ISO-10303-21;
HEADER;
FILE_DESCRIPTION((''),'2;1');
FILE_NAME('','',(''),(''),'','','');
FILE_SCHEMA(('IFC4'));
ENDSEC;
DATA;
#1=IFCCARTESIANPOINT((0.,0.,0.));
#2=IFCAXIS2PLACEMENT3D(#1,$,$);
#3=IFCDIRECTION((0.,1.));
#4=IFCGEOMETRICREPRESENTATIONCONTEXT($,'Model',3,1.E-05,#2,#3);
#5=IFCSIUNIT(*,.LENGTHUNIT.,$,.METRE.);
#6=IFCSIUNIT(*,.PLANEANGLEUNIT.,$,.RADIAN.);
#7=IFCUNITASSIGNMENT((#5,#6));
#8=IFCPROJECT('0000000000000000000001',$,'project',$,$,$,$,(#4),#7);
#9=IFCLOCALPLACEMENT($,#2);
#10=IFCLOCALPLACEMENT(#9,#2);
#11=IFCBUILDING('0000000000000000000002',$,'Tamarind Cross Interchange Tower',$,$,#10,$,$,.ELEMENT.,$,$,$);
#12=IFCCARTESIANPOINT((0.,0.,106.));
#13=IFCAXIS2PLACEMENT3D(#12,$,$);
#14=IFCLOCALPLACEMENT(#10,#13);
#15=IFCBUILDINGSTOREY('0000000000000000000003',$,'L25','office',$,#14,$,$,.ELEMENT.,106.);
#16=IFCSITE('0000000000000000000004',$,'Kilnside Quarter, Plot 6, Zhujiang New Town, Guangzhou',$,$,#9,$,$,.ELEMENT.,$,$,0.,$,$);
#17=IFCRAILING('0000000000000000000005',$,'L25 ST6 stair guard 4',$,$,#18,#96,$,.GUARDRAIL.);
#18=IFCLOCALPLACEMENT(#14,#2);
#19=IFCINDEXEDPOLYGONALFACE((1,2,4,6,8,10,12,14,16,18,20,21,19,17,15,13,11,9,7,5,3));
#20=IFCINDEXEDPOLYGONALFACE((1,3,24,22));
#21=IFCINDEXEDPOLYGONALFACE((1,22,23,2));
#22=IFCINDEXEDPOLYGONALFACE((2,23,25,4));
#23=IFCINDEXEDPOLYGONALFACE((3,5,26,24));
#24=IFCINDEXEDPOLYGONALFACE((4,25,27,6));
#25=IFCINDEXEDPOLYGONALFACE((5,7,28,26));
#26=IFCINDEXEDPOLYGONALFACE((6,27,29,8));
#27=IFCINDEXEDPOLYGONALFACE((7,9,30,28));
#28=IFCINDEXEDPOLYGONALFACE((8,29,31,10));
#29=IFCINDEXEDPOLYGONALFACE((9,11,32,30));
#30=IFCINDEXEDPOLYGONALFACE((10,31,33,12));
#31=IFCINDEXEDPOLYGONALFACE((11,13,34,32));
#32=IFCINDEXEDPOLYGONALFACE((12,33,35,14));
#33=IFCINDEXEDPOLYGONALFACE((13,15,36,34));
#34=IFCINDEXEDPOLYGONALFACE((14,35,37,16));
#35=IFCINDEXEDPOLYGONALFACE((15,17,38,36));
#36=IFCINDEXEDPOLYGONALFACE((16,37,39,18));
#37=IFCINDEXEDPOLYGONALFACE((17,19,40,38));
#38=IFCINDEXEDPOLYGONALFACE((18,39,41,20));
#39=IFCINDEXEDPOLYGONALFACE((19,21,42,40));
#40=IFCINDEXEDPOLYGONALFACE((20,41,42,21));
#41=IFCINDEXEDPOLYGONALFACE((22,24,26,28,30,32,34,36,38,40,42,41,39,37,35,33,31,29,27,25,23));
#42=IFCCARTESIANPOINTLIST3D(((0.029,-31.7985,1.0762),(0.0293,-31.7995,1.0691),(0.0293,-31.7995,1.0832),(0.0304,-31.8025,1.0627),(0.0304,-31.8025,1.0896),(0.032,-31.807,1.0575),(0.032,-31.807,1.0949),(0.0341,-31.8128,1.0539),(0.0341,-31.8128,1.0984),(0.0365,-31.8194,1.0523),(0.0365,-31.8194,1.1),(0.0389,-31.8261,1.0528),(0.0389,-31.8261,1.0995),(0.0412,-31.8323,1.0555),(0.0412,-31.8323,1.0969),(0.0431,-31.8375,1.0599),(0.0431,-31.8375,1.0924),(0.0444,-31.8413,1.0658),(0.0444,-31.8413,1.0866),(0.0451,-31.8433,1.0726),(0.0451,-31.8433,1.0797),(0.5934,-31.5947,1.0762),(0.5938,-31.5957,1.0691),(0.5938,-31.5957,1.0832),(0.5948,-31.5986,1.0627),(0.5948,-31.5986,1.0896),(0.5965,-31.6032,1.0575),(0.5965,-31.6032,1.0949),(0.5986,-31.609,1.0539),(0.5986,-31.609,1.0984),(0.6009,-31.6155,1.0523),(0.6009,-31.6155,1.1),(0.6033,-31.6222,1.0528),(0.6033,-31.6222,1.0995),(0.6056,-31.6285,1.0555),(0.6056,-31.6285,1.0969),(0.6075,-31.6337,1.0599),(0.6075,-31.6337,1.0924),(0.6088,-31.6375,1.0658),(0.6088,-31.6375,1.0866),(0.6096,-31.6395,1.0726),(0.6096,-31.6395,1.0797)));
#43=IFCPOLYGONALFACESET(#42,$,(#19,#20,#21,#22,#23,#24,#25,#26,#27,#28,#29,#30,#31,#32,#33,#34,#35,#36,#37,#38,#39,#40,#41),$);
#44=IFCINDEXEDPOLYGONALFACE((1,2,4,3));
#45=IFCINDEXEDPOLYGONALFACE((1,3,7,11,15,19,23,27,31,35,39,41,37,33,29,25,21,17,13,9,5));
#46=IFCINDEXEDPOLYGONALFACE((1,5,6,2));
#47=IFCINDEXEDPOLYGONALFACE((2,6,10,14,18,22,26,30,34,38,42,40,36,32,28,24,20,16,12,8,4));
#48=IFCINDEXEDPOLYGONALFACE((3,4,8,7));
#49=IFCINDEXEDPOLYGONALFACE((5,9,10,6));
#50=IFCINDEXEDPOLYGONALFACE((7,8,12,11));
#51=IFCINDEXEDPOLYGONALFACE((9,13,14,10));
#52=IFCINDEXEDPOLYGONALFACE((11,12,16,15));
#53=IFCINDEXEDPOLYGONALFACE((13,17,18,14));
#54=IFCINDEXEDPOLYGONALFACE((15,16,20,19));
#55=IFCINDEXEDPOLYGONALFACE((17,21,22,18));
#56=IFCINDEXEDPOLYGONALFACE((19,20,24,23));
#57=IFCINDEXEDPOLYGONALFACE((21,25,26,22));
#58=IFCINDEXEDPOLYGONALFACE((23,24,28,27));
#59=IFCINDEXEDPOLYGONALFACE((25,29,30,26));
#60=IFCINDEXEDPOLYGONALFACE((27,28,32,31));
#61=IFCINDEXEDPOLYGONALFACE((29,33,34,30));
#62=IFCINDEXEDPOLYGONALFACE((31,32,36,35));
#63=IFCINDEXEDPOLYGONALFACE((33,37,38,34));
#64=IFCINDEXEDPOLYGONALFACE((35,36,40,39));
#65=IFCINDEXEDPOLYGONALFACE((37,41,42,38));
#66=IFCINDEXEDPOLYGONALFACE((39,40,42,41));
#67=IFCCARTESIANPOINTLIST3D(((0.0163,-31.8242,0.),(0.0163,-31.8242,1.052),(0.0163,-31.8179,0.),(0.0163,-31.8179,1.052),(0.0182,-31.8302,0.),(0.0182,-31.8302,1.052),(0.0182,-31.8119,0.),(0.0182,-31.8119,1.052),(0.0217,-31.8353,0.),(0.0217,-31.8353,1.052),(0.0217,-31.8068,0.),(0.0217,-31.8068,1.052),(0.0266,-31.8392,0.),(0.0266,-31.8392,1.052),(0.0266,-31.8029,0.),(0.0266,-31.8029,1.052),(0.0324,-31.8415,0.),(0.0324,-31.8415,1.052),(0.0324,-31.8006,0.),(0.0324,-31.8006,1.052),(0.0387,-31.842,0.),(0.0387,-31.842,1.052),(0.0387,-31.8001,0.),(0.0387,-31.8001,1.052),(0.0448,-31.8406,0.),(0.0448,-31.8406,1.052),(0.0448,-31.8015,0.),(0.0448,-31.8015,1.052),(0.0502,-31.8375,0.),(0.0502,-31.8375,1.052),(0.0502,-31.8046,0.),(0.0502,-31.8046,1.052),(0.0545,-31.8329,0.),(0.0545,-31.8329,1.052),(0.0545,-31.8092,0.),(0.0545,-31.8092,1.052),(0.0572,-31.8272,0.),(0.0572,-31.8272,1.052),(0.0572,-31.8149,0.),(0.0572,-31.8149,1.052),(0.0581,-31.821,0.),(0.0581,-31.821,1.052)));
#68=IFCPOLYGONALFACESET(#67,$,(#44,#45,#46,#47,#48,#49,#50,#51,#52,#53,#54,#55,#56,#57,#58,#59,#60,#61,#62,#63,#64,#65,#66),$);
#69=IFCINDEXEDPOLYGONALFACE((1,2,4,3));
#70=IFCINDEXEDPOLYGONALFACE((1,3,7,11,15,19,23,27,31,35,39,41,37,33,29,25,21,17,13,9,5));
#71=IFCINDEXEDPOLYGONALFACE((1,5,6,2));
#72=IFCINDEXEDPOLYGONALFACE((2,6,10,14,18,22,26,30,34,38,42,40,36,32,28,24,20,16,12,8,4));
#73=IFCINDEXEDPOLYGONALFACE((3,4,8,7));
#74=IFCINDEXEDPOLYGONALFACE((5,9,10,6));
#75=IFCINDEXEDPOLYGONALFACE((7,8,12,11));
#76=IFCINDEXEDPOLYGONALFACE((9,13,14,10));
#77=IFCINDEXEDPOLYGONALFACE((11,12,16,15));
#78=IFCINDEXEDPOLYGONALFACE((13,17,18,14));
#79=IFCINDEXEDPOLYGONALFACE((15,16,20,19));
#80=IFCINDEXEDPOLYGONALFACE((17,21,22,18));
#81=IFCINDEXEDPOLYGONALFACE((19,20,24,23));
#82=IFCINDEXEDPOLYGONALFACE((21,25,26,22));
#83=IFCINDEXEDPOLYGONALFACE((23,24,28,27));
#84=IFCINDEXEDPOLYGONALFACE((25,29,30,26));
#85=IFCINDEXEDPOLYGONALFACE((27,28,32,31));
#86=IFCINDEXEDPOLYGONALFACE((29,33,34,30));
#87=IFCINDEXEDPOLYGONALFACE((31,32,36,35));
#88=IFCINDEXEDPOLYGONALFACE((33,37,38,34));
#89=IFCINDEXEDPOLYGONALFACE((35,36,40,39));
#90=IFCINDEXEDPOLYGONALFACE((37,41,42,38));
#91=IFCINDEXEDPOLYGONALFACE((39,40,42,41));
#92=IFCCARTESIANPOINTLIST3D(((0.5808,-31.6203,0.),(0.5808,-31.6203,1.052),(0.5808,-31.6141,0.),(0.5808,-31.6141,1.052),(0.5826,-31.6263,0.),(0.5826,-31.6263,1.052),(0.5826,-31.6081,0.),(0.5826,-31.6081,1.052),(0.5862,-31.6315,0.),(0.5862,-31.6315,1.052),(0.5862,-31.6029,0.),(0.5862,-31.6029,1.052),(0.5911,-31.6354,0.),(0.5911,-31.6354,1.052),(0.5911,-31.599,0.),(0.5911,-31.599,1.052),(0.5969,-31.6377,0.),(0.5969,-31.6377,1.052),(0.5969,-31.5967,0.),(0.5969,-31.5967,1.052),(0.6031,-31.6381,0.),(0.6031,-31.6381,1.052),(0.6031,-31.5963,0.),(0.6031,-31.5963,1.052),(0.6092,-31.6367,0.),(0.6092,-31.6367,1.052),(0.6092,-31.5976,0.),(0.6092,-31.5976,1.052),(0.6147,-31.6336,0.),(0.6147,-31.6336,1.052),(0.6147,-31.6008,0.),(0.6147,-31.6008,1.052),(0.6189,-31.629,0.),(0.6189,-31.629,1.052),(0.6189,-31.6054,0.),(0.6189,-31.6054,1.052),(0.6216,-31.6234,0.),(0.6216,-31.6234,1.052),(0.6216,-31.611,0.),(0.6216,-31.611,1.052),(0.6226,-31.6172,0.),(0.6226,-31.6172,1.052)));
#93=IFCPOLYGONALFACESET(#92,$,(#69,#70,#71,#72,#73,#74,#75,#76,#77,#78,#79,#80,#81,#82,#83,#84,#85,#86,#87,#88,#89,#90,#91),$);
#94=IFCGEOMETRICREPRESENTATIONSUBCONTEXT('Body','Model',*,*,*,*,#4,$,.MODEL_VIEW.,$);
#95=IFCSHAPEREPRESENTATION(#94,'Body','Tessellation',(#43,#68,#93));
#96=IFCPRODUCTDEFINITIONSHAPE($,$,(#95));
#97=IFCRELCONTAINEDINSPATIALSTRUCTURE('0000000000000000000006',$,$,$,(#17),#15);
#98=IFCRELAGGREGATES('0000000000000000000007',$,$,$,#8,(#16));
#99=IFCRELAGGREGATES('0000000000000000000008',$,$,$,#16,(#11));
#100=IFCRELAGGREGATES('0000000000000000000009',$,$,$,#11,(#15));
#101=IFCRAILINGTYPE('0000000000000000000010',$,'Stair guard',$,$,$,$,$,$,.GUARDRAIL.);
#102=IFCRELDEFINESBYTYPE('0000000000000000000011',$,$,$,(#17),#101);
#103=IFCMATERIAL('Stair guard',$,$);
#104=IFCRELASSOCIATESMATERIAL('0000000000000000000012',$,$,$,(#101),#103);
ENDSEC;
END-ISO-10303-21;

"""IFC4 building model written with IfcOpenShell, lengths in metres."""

from ifc_helpers import new_model, si_unit, direction, frame, origin, origin_2d, place, context, subcontext, project, spatial, circle, extrude, material, type_object, element, save


model = new_model("IFC4")

# Units and contexts
model_context = context("Model", 3, precision=1e-05, world=origin(), true_north=direction((0.0, 1.0)))
body_context = subcontext(model_context, "Body", "Model", "MODEL_VIEW")
ifc_project = project(units=[si_unit("LENGTHUNIT", "METRE"), si_unit("PLANEANGLEUNIT", "RADIAN")], contexts=[model_context])

# Site, building, storey
site_placement = place(None, origin())
site = spatial("IfcSite", under=ifc_project, at=site_placement, Name="Kilnside Quarter, Plot 6, Zhujiang New Town, Guangzhou", CompositionType="ELEMENT", RefElevation=0.0)
building_placement = place(site_placement, origin())
building = spatial("IfcBuilding", under=site, at=building_placement, Name="Tamarind Cross Interchange Tower", CompositionType="ELEMENT")
storey_placement = place(building_placement, frame((0.0, 0.0, 106.0)))
storey = spatial("IfcBuildingStorey", under=building, at=storey_placement, Name="L25", Description="office", CompositionType="ELEMENT", Elevation=106.0)

# Railing
ifc_material_1 = material(Name="Stair guard")
railing_type_1 = type_object("IfcRailingType", Name="Stair guard", PredefinedType="GUARDRAIL", material=ifc_material_1)
railing_1_placement = place(storey_placement, frame((0.0371, -31.821, 0.0)))
element("IfcRailing", 1, at=railing_1_placement, inside=storey, type_object=railing_type_1, Name="L25 ST6 stair guard 4", PredefinedType="GUARDRAIL", context=body_context, shape_type="SweptSolid", body=[
    extrude(circle(Radius=0.0239, at=origin_2d()), frame((0.0, 0.0, 1.0762), z_axis=(0.940539, 0.339684, 0.0), x_axis=(-0.339684, 0.940539, 0.0)), (0.0, 0.0, 1.0), 0.6001),
    extrude(circle(Radius=0.021, at=origin_2d()), origin(), (0.0, 0.0, 1.0), 1.052),
    extrude(circle(Radius=0.021, at=origin_2d()), frame((0.5645, 0.2039, 0.0)), (0.0, 0.0, 1.0), 1.052),
])

save(model, "model.ifc")
